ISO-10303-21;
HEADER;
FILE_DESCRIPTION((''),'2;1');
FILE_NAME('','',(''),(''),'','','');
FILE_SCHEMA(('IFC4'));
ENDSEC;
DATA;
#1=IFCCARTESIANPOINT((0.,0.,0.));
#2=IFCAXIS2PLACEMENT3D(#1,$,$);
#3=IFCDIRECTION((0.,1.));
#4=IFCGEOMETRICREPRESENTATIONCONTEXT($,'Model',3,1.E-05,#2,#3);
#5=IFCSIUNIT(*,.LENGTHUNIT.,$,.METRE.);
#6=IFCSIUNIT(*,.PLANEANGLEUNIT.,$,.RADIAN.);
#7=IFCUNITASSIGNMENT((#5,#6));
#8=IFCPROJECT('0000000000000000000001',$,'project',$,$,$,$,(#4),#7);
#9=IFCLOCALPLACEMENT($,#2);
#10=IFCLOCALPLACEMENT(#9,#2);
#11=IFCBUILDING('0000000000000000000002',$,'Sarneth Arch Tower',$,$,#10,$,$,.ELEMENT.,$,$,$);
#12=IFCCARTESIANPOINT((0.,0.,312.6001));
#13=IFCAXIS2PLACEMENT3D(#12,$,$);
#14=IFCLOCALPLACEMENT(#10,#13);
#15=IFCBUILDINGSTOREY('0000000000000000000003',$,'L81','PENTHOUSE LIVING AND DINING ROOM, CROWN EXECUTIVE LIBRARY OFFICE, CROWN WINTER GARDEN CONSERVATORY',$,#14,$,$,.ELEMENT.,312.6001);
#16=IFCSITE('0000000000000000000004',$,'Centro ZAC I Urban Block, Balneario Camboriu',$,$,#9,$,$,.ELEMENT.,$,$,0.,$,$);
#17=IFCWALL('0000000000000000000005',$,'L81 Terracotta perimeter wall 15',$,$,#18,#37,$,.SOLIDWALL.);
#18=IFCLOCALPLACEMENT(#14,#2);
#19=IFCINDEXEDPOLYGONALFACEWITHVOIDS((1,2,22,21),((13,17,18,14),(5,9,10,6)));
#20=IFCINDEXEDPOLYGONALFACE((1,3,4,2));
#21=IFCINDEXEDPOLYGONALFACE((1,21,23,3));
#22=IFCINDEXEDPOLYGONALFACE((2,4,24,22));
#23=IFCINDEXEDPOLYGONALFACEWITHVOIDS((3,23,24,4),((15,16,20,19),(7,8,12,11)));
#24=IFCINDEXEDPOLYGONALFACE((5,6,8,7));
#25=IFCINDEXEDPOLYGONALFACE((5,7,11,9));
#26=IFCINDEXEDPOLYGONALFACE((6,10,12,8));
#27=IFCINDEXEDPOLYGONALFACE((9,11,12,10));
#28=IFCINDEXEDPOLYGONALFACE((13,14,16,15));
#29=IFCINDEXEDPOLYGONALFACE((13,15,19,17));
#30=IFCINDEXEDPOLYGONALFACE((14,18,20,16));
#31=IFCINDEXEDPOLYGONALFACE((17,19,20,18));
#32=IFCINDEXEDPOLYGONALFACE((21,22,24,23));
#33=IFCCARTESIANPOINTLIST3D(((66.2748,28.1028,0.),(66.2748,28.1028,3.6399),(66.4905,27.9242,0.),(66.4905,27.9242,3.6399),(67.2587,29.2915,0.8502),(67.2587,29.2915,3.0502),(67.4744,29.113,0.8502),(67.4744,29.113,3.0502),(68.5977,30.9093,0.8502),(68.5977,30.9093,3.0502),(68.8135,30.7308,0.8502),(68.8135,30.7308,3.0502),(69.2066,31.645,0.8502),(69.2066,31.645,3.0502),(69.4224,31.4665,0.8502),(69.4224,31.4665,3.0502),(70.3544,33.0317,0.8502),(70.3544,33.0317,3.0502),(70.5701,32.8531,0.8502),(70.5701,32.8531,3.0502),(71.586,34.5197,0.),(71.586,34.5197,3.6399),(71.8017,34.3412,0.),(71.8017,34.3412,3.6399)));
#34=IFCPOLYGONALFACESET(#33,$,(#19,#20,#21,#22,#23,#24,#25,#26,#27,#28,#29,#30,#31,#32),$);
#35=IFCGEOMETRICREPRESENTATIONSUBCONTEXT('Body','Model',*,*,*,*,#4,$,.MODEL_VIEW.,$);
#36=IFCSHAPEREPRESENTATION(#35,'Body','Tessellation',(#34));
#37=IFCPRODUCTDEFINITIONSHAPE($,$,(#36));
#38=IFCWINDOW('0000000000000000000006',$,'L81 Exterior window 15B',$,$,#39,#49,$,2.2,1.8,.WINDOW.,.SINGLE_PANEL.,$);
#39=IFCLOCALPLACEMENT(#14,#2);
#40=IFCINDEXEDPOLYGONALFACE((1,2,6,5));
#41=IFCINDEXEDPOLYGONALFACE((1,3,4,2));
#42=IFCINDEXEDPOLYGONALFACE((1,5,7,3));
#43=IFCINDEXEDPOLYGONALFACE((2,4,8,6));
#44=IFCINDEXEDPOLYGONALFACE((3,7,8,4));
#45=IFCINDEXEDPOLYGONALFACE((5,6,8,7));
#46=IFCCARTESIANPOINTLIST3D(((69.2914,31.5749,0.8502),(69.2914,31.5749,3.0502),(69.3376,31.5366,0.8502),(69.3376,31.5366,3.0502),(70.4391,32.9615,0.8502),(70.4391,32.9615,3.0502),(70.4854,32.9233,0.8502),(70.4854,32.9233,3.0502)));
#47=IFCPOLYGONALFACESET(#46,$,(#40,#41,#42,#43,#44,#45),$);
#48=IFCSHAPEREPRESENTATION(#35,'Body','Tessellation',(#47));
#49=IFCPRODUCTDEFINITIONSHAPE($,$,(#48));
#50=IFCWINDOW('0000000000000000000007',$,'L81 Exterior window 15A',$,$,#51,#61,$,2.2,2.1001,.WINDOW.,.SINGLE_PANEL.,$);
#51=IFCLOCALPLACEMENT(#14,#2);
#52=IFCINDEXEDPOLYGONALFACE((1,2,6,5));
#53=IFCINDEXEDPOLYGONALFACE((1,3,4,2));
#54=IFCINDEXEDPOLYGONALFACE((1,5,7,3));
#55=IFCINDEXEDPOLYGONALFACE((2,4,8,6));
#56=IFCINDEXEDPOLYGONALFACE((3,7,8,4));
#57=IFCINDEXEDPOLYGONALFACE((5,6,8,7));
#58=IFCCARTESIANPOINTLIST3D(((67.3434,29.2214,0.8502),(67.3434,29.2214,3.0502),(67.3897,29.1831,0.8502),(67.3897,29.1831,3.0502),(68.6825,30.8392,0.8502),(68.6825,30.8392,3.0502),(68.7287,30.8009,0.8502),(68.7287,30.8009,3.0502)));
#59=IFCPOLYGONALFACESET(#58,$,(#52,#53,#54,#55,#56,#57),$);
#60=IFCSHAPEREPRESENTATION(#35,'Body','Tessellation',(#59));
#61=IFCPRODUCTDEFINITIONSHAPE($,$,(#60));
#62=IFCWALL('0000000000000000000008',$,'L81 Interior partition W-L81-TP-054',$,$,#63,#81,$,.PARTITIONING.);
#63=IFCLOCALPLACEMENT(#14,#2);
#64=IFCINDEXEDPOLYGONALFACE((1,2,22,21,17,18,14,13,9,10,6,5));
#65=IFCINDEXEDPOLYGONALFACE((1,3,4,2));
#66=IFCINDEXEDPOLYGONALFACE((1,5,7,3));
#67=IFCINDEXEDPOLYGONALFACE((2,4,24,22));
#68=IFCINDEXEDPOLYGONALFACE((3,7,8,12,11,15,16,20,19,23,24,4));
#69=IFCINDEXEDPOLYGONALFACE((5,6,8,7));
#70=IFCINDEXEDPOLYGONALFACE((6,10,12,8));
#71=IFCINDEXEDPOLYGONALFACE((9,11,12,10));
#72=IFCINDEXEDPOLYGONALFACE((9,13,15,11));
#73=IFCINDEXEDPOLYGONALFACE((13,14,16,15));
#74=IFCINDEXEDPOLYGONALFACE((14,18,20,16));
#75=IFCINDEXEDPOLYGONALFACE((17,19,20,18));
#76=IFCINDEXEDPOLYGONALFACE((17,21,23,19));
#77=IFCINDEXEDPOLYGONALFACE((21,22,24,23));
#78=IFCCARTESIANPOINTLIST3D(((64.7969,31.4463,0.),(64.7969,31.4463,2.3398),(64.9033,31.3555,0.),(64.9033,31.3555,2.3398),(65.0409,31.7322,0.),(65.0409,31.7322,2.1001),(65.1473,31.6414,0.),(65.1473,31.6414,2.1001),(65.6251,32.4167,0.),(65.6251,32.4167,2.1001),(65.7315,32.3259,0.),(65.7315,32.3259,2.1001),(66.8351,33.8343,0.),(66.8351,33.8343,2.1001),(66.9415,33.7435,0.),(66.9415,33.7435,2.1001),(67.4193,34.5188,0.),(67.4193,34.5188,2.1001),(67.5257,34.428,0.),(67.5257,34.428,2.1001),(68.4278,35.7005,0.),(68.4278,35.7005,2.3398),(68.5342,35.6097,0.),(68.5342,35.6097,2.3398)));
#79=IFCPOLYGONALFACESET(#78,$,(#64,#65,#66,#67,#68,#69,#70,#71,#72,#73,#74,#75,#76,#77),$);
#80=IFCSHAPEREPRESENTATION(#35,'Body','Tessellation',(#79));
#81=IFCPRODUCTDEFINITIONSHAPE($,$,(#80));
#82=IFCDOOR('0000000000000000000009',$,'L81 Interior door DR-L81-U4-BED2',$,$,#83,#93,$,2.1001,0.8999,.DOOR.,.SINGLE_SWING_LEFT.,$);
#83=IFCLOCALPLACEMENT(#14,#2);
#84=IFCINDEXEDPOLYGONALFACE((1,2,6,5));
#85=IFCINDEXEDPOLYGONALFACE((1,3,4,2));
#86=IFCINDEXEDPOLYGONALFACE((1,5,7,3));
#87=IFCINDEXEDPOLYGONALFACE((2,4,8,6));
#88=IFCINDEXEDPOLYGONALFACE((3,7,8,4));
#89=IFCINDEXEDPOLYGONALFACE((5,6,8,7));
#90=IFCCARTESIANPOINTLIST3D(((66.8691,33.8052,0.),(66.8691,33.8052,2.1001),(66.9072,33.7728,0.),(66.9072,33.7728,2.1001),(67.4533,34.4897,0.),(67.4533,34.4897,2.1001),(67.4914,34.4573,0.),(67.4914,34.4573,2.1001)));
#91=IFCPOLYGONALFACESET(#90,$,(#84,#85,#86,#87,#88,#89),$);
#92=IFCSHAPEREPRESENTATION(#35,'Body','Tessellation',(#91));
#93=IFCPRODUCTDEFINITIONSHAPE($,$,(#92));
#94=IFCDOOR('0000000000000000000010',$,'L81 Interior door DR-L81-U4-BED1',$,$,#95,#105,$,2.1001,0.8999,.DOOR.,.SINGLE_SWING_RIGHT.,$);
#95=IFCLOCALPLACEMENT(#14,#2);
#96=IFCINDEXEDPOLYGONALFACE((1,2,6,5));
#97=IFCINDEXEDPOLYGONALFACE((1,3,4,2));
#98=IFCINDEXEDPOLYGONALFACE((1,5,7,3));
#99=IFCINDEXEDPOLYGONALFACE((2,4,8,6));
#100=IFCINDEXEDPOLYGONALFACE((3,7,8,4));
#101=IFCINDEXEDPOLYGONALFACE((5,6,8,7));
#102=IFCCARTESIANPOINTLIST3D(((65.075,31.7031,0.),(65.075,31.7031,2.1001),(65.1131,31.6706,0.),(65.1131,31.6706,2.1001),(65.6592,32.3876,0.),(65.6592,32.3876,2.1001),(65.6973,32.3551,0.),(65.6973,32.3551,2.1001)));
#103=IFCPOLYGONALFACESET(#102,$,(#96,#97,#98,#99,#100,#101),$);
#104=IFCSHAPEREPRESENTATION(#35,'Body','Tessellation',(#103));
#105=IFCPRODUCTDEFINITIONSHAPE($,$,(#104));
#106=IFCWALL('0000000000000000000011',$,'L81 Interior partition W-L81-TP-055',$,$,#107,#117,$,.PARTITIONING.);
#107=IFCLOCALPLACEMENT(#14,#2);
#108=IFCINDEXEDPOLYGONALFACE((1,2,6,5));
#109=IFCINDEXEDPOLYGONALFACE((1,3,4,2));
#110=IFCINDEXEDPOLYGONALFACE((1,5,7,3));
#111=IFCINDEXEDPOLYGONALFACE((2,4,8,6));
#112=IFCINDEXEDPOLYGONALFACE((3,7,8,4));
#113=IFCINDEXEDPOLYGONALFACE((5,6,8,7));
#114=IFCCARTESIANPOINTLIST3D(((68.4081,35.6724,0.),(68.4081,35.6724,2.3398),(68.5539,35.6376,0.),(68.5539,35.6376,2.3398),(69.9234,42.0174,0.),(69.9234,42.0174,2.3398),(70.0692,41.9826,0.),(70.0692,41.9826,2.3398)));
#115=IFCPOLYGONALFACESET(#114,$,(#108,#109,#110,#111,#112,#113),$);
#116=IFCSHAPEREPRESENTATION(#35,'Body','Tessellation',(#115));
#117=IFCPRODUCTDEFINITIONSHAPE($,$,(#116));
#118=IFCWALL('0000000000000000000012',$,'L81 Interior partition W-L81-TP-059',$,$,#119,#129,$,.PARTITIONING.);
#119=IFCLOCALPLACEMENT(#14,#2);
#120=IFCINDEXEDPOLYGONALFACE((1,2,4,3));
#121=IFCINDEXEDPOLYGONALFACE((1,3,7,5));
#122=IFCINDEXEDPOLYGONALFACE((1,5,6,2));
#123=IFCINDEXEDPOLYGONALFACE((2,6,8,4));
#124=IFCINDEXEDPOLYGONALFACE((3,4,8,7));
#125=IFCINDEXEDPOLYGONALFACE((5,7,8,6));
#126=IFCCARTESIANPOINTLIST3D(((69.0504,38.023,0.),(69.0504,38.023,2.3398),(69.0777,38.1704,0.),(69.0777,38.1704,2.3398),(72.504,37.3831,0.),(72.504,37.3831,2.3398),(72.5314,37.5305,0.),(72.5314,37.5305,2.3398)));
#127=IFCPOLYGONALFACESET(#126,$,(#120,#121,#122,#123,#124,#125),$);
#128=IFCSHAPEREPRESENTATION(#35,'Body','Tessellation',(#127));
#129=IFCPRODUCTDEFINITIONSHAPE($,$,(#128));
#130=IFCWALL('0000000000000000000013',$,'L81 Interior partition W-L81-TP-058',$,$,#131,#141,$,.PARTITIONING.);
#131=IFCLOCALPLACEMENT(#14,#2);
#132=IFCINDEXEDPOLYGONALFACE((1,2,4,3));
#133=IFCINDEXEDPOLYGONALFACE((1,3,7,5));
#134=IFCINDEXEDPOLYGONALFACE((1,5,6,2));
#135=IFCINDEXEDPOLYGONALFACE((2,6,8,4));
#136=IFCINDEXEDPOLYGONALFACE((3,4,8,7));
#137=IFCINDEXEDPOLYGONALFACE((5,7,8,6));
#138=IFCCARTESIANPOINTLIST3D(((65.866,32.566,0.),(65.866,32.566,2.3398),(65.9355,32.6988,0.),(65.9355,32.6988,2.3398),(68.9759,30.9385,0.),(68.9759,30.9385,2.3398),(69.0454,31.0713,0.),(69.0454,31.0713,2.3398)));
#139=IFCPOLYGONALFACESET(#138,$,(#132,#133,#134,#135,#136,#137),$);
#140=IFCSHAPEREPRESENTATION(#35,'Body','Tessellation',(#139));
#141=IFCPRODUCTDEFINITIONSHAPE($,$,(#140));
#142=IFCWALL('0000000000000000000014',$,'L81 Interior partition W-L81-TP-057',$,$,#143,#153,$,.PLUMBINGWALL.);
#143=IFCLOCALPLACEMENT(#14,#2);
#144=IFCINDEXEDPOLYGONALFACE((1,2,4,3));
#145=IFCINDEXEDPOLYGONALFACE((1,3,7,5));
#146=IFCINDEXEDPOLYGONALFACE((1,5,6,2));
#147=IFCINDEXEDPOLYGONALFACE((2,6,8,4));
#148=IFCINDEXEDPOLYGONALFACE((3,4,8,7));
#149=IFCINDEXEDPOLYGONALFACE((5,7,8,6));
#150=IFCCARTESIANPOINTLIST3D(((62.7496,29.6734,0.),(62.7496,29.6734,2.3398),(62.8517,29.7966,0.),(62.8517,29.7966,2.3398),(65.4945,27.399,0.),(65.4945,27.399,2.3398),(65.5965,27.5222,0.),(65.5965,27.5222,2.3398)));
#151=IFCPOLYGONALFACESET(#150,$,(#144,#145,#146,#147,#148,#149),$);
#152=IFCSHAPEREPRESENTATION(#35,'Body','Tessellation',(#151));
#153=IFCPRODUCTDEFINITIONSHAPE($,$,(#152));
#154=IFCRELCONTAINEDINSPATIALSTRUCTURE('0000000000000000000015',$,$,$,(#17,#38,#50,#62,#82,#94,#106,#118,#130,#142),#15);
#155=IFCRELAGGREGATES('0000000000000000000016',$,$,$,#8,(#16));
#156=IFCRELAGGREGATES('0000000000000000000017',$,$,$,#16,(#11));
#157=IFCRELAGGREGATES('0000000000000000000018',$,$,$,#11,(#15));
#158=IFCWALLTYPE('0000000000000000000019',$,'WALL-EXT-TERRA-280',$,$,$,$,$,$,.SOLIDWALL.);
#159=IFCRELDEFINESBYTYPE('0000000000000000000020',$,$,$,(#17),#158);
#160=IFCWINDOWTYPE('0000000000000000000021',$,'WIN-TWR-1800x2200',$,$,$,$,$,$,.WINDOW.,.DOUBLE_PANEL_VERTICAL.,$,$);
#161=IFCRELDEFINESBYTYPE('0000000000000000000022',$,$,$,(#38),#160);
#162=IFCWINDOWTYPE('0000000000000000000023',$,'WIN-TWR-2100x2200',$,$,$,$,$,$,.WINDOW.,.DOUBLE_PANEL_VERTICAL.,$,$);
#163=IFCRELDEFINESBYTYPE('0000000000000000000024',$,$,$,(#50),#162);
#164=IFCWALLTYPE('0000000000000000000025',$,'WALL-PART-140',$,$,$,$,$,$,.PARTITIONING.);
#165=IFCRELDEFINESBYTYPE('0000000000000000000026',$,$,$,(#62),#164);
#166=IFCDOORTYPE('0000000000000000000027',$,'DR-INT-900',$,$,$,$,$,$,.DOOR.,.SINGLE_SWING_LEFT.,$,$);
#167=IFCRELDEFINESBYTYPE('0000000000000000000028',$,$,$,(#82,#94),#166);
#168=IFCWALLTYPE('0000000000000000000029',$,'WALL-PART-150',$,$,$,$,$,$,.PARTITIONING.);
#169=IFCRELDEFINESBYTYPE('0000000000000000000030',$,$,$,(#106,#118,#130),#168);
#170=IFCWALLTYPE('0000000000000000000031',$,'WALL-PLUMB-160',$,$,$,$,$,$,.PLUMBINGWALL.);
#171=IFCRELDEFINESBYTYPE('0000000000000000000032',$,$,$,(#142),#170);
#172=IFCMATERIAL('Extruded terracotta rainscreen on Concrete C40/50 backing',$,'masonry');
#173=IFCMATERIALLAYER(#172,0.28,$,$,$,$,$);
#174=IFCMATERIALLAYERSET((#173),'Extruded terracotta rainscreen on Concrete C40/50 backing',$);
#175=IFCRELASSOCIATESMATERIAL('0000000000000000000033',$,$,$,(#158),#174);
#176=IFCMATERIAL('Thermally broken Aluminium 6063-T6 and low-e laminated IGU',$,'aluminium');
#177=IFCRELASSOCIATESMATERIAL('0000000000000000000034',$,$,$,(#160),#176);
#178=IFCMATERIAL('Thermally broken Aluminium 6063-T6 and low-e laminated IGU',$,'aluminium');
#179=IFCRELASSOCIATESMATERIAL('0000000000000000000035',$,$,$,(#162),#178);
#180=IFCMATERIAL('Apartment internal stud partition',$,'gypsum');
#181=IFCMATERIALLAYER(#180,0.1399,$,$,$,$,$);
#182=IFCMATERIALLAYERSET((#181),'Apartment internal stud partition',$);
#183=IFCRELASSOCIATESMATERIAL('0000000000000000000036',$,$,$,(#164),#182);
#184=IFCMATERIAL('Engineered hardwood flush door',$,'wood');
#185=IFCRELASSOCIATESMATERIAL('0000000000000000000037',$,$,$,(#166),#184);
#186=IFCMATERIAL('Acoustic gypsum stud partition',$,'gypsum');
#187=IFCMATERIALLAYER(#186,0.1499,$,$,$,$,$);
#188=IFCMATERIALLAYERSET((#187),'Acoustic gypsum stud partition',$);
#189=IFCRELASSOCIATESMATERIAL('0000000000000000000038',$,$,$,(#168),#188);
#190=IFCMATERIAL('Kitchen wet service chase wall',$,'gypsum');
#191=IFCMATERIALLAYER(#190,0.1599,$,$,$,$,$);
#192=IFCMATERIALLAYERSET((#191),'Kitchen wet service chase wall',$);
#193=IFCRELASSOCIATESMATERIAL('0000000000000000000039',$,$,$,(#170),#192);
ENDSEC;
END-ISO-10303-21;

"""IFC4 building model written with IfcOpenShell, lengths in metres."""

from ifc_helpers import new_model, si_unit, direction, frame, frame_2d, origin, place, context, subcontext, project, spatial, rectangle, extrude, material, layer, layer_set, type_object, element, fill, save


model = new_model("IFC4")

# Units and contexts
model_context = context("Model", 3, precision=1e-05, world=origin(), true_north=direction((0.0, 1.0)))
body_context = subcontext(model_context, "Body", "Model", "MODEL_VIEW")
ifc_project = project(units=[si_unit("LENGTHUNIT", "METRE"), si_unit("PLANEANGLEUNIT", "RADIAN")], contexts=[model_context])

# Site, building, storey
site_placement = place(None, origin())
site = spatial("IfcSite", under=ifc_project, at=site_placement, Name="Centro ZAC I Urban Block, Balneario Camboriu", CompositionType="ELEMENT", RefElevation=0.0)
building_placement = place(site_placement, origin())
building = spatial("IfcBuilding", under=site, at=building_placement, Name="Sarneth Arch Tower", CompositionType="ELEMENT")
storey_placement = place(building_placement, frame((0.0, 0.0, 312.6001)))
storey = spatial("IfcBuildingStorey", under=building, at=storey_placement, Name="L81", Description="PENTHOUSE LIVING AND DINING ROOM, CROWN EXECUTIVE LIBRARY OFFICE, CROWN WINTER GARDEN CONSERVATORY", CompositionType="ELEMENT", Elevation=312.6001)

# Wall, openings, windows
ifc_material_1 = material(Name="Extruded terracotta rainscreen on Concrete C40/50 backing", Category="masonry")
ifc_layer_1 = layer(ifc_material_1, 0.28)
ifc_layer_set_1 = layer_set([ifc_layer_1], Name="Extruded terracotta rainscreen on Concrete C40/50 backing")
wall_type_1 = type_object("IfcWallType", Name="WALL-EXT-TERRA-280", PredefinedType="SOLIDWALL", material=ifc_layer_set_1)
wall_1_placement = place(storey_placement, frame((66.3826, 28.0134, 0.0), z_axis=(0.0, 0.0, 1.0), x_axis=(0.637615, 0.770355, 0.0)))
wall_1 = element("IfcWall", 1, at=wall_1_placement, inside=storey, type_object=wall_type_1, Name="L81 Terracotta perimeter wall 15", PredefinedType="SOLIDWALL", context=body_context, shape_type="SweptSolid", body=[
    extrude(rectangle(XDim=8.3298, YDim=0.28, at=frame_2d((4.165, 0.0))), origin(), (0.0, 0.0, 1.0), 3.6399),
])
opening_1_placement = place(wall_1_placement, frame((1.5432, 0.0, 0.8501)))
opening_1 = element("IfcOpeningElement", 2, at=opening_1_placement, cuts=wall_1, PredefinedType="OPENING", context=body_context, shape_type="SweptSolid", body=[
    extrude(rectangle(XDim=2.1001, YDim=2.2, at=frame_2d((1.05, 1.1001))), frame((0.0, 0.1499, 0.0), z_axis=(0.0, -1.0, 0.0), x_axis=(1.0, 0.0, 0.0)), (0.0, 0.0, 1.0), 0.3),
])
opening_2_placement = place(wall_1_placement, frame((4.5984, 0.0, 0.8501)))
opening_2 = element("IfcOpeningElement", 3, at=opening_2_placement, cuts=wall_1, PredefinedType="OPENING", context=body_context, shape_type="SweptSolid", body=[
    extrude(rectangle(XDim=1.8, YDim=2.2, at=frame_2d((0.8999, 1.1001))), frame((0.0, 0.1499, 0.0), z_axis=(0.0, -1.0, 0.0), x_axis=(1.0, 0.0, 0.0)), (0.0, 0.0, 1.0), 0.3),
])
ifc_material_2 = material(Name="Thermally broken Aluminium 6063-T6 and low-e laminated IGU", Category="aluminium")
window_type_1 = type_object("IfcWindowType", Name="WIN-TWR-1800x2200", PartitioningType="DOUBLE_PANEL_VERTICAL", PredefinedType="WINDOW", material=ifc_material_2)
window_1_placement = place(opening_2_placement, origin())
window_1 = element("IfcWindow", 4, at=window_1_placement, inside=storey, type_object=window_type_1, Name="L81 Exterior window 15B", OverallHeight=2.2, OverallWidth=1.8, PartitioningType="SINGLE_PANEL", PredefinedType="WINDOW", context=body_context, shape_type="SweptSolid", body=[
    extrude(rectangle(XDim=1.8, YDim=2.2, at=frame_2d((0.8999, 1.1001))), frame((0.0, 0.03, 0.0), z_axis=(0.0, -1.0, 0.0), x_axis=(1.0, 0.0, 0.0)), (0.0, 0.0, 1.0), 0.0601),
])
fill(opening_2, window_1)
ifc_material_3 = material(Name="Thermally broken Aluminium 6063-T6 and low-e laminated IGU", Category="aluminium")
window_type_2 = type_object("IfcWindowType", Name="WIN-TWR-2100x2200", PartitioningType="DOUBLE_PANEL_VERTICAL", PredefinedType="WINDOW", material=ifc_material_3)
window_2_placement = place(opening_1_placement, origin())
window_2 = element("IfcWindow", 5, at=window_2_placement, inside=storey, type_object=window_type_2, Name="L81 Exterior window 15A", OverallHeight=2.2, OverallWidth=2.1001, PartitioningType="SINGLE_PANEL", PredefinedType="WINDOW", context=body_context, shape_type="SweptSolid", body=[
    extrude(rectangle(XDim=2.1001, YDim=2.2, at=frame_2d((1.05, 1.1001))), frame((0.0, 0.03, 0.0), z_axis=(0.0, -1.0, 0.0), x_axis=(1.0, 0.0, 0.0)), (0.0, 0.0, 1.0), 0.0601),
])
fill(opening_1, window_2)

# Wall, openings, doors
ifc_material_4 = material(Name="Apartment internal stud partition", Category="gypsum")
ifc_layer_2 = layer(ifc_material_4, 0.1399)
ifc_layer_set_2 = layer_set([ifc_layer_2], Name="Apartment internal stud partition")
wall_type_2 = type_object("IfcWallType", Name="WALL-PART-140", PredefinedType="PARTITIONING", material=ifc_layer_set_2)
wall_2_placement = place(storey_placement, frame((68.481, 35.655, 0.0), z_axis=(0.0, 0.0, 1.0), x_axis=(-0.649187, -0.760629, 0.0)))
wall_2 = element("IfcWall", 6, at=wall_2_placement, inside=storey, type_object=wall_type_2, Name="L81 Interior partition W-L81-TP-054", PredefinedType="PARTITIONING", context=body_context, shape_type="SweptSolid", body=[
    extrude(rectangle(XDim=5.593, YDim=0.1399, at=frame_2d((2.7964, 0.0))), origin(), (0.0, 0.0, 1.0), 2.3398),
])
opening_3_placement = place(wall_2_placement, frame((1.5535, 0.0, 0.0)))
opening_3 = element("IfcOpeningElement", 7, at=opening_3_placement, cuts=wall_2, PredefinedType="OPENING", context=body_context, shape_type="SweptSolid", body=[
    extrude(rectangle(XDim=0.8999, YDim=2.1001, at=frame_2d((0.45, 1.05))), frame((0.0, 0.0798, 0.0), z_axis=(0.0, -1.0, 0.0), x_axis=(1.0, 0.0, 0.0)), (0.0, 0.0, 1.0), 0.1599),
])
opening_4_placement = place(wall_2_placement, frame((4.3171, 0.0, 0.0)))
opening_4 = element("IfcOpeningElement", 8, at=opening_4_placement, cuts=wall_2, PredefinedType="OPENING", context=body_context, shape_type="SweptSolid", body=[
    extrude(rectangle(XDim=0.8999, YDim=2.1001, at=frame_2d((0.45, 1.05))), frame((0.0, 0.0798, 0.0), z_axis=(0.0, -1.0, 0.0), x_axis=(1.0, 0.0, 0.0)), (0.0, 0.0, 1.0), 0.1599),
])
ifc_material_5 = material(Name="Engineered hardwood flush door", Category="wood")
door_type = type_object("IfcDoorType", Name="DR-INT-900", OperationType="SINGLE_SWING_LEFT", PredefinedType="DOOR", material=ifc_material_5)
door_1_placement = place(opening_3_placement, origin())
door_1 = element("IfcDoor", 9, at=door_1_placement, inside=storey, type_object=door_type, Name="L81 Interior door DR-L81-U4-BED2", OperationType="SINGLE_SWING_LEFT", OverallHeight=2.1001, OverallWidth=0.8999, PredefinedType="DOOR", context=body_context, shape_type="SweptSolid", body=[
    extrude(rectangle(XDim=0.8999, YDim=2.1001, at=frame_2d((0.45, 1.05))), frame((0.0, 0.0249, 0.0), z_axis=(0.0, -1.0, 0.0), x_axis=(1.0, 0.0, 0.0)), (0.0, 0.0, 1.0), 0.05),
])
fill(opening_3, door_1)
door_2_placement = place(opening_4_placement, origin())
door_2 = element("IfcDoor", 10, at=door_2_placement, inside=storey, type_object=door_type, Name="L81 Interior door DR-L81-U4-BED1", OperationType="SINGLE_SWING_RIGHT", OverallHeight=2.1001, OverallWidth=0.8999, PredefinedType="DOOR", context=body_context, shape_type="SweptSolid", body=[
    extrude(rectangle(XDim=0.8999, YDim=2.1001, at=frame_2d((0.45, 1.05))), frame((0.0, 0.0249, 0.0), z_axis=(0.0, -1.0, 0.0), x_axis=(1.0, 0.0, 0.0)), (0.0, 0.0, 1.0), 0.05),
])
fill(opening_4, door_2)

# Walls
ifc_material_6 = material(Name="Acoustic gypsum stud partition", Category="gypsum")
ifc_layer_3 = layer(ifc_material_6, 0.1499)
ifc_layer_set_3 = layer_set([ifc_layer_3], Name="Acoustic gypsum stud partition")
wall_type_3 = type_object("IfcWallType", Name="WALL-PART-150", PredefinedType="PARTITIONING", material=ifc_layer_set_3)
wall_3_placement = place(storey_placement, frame((68.481, 35.655, 0.0), z_axis=(0.0, 0.0, 1.0), x_axis=(0.232298, 0.972645, 0.0)))
element("IfcWall", 11, at=wall_3_placement, inside=storey, type_object=wall_type_3, Name="L81 Interior partition W-L81-TP-055", PredefinedType="PARTITIONING", context=body_context, shape_type="SweptSolid", body=[
    extrude(rectangle(XDim=6.5234, YDim=0.1499, at=frame_2d((3.2617, 0.0))), origin(), (0.0, 0.0, 1.0), 2.3398),
])
wall_4_placement = place(storey_placement, frame((72.5178, 37.4568, 0.0), z_axis=(0.0, 0.0, 1.0), x_axis=(-0.983265, 0.182181, 0.0)))
element("IfcWall", 12, at=wall_4_placement, inside=storey, type_object=wall_type_3, Name="L81 Interior partition W-L81-TP-059", PredefinedType="PARTITIONING", context=body_context, shape_type="SweptSolid", body=[
    extrude(rectangle(XDim=3.5125, YDim=0.1499, at=frame_2d((1.7563, 0.0))), origin(), (0.0, 0.0, 1.0), 2.3398),
])
wall_5_placement = place(storey_placement, frame((65.9009, 32.6323, 0.0), z_axis=(0.0, 0.0, 1.0), x_axis=(0.886011, -0.463664, 0.0)))
element("IfcWall", 13, at=wall_5_placement, inside=storey, type_object=wall_type_3, Name="L81 Interior partition W-L81-TP-058", PredefinedType="PARTITIONING", context=body_context, shape_type="SweptSolid", body=[
    extrude(rectangle(XDim=3.51, YDim=0.1499, at=frame_2d((1.7549, 0.0))), origin(), (0.0, 0.0, 1.0), 2.3398),
])
ifc_material_7 = material(Name="Kitchen wet service chase wall", Category="gypsum")
ifc_layer_4 = layer(ifc_material_7, 0.1599)
ifc_layer_set_4 = layer_set([ifc_layer_4], Name="Kitchen wet service chase wall")
wall_type_4 = type_object("IfcWallType", Name="WALL-PLUMB-160", PredefinedType="PLUMBINGWALL", material=ifc_layer_set_4)
wall_6_placement = place(storey_placement, frame((65.5454, 27.4607, 0.0), z_axis=(0.0, 0.0, 1.0), x_axis=(-0.770009, 0.638033, 0.0)))
element("IfcWall", 14, at=wall_6_placement, inside=storey, type_object=wall_type_4, Name="L81 Interior partition W-L81-TP-057", PredefinedType="PLUMBINGWALL", context=body_context, shape_type="SweptSolid", body=[
    extrude(rectangle(XDim=3.5647, YDim=0.1599, at=frame_2d((1.7822, 0.0))), origin(), (0.0, 0.0, 1.0), 2.3398),
])

save(model, "model.ifc")
